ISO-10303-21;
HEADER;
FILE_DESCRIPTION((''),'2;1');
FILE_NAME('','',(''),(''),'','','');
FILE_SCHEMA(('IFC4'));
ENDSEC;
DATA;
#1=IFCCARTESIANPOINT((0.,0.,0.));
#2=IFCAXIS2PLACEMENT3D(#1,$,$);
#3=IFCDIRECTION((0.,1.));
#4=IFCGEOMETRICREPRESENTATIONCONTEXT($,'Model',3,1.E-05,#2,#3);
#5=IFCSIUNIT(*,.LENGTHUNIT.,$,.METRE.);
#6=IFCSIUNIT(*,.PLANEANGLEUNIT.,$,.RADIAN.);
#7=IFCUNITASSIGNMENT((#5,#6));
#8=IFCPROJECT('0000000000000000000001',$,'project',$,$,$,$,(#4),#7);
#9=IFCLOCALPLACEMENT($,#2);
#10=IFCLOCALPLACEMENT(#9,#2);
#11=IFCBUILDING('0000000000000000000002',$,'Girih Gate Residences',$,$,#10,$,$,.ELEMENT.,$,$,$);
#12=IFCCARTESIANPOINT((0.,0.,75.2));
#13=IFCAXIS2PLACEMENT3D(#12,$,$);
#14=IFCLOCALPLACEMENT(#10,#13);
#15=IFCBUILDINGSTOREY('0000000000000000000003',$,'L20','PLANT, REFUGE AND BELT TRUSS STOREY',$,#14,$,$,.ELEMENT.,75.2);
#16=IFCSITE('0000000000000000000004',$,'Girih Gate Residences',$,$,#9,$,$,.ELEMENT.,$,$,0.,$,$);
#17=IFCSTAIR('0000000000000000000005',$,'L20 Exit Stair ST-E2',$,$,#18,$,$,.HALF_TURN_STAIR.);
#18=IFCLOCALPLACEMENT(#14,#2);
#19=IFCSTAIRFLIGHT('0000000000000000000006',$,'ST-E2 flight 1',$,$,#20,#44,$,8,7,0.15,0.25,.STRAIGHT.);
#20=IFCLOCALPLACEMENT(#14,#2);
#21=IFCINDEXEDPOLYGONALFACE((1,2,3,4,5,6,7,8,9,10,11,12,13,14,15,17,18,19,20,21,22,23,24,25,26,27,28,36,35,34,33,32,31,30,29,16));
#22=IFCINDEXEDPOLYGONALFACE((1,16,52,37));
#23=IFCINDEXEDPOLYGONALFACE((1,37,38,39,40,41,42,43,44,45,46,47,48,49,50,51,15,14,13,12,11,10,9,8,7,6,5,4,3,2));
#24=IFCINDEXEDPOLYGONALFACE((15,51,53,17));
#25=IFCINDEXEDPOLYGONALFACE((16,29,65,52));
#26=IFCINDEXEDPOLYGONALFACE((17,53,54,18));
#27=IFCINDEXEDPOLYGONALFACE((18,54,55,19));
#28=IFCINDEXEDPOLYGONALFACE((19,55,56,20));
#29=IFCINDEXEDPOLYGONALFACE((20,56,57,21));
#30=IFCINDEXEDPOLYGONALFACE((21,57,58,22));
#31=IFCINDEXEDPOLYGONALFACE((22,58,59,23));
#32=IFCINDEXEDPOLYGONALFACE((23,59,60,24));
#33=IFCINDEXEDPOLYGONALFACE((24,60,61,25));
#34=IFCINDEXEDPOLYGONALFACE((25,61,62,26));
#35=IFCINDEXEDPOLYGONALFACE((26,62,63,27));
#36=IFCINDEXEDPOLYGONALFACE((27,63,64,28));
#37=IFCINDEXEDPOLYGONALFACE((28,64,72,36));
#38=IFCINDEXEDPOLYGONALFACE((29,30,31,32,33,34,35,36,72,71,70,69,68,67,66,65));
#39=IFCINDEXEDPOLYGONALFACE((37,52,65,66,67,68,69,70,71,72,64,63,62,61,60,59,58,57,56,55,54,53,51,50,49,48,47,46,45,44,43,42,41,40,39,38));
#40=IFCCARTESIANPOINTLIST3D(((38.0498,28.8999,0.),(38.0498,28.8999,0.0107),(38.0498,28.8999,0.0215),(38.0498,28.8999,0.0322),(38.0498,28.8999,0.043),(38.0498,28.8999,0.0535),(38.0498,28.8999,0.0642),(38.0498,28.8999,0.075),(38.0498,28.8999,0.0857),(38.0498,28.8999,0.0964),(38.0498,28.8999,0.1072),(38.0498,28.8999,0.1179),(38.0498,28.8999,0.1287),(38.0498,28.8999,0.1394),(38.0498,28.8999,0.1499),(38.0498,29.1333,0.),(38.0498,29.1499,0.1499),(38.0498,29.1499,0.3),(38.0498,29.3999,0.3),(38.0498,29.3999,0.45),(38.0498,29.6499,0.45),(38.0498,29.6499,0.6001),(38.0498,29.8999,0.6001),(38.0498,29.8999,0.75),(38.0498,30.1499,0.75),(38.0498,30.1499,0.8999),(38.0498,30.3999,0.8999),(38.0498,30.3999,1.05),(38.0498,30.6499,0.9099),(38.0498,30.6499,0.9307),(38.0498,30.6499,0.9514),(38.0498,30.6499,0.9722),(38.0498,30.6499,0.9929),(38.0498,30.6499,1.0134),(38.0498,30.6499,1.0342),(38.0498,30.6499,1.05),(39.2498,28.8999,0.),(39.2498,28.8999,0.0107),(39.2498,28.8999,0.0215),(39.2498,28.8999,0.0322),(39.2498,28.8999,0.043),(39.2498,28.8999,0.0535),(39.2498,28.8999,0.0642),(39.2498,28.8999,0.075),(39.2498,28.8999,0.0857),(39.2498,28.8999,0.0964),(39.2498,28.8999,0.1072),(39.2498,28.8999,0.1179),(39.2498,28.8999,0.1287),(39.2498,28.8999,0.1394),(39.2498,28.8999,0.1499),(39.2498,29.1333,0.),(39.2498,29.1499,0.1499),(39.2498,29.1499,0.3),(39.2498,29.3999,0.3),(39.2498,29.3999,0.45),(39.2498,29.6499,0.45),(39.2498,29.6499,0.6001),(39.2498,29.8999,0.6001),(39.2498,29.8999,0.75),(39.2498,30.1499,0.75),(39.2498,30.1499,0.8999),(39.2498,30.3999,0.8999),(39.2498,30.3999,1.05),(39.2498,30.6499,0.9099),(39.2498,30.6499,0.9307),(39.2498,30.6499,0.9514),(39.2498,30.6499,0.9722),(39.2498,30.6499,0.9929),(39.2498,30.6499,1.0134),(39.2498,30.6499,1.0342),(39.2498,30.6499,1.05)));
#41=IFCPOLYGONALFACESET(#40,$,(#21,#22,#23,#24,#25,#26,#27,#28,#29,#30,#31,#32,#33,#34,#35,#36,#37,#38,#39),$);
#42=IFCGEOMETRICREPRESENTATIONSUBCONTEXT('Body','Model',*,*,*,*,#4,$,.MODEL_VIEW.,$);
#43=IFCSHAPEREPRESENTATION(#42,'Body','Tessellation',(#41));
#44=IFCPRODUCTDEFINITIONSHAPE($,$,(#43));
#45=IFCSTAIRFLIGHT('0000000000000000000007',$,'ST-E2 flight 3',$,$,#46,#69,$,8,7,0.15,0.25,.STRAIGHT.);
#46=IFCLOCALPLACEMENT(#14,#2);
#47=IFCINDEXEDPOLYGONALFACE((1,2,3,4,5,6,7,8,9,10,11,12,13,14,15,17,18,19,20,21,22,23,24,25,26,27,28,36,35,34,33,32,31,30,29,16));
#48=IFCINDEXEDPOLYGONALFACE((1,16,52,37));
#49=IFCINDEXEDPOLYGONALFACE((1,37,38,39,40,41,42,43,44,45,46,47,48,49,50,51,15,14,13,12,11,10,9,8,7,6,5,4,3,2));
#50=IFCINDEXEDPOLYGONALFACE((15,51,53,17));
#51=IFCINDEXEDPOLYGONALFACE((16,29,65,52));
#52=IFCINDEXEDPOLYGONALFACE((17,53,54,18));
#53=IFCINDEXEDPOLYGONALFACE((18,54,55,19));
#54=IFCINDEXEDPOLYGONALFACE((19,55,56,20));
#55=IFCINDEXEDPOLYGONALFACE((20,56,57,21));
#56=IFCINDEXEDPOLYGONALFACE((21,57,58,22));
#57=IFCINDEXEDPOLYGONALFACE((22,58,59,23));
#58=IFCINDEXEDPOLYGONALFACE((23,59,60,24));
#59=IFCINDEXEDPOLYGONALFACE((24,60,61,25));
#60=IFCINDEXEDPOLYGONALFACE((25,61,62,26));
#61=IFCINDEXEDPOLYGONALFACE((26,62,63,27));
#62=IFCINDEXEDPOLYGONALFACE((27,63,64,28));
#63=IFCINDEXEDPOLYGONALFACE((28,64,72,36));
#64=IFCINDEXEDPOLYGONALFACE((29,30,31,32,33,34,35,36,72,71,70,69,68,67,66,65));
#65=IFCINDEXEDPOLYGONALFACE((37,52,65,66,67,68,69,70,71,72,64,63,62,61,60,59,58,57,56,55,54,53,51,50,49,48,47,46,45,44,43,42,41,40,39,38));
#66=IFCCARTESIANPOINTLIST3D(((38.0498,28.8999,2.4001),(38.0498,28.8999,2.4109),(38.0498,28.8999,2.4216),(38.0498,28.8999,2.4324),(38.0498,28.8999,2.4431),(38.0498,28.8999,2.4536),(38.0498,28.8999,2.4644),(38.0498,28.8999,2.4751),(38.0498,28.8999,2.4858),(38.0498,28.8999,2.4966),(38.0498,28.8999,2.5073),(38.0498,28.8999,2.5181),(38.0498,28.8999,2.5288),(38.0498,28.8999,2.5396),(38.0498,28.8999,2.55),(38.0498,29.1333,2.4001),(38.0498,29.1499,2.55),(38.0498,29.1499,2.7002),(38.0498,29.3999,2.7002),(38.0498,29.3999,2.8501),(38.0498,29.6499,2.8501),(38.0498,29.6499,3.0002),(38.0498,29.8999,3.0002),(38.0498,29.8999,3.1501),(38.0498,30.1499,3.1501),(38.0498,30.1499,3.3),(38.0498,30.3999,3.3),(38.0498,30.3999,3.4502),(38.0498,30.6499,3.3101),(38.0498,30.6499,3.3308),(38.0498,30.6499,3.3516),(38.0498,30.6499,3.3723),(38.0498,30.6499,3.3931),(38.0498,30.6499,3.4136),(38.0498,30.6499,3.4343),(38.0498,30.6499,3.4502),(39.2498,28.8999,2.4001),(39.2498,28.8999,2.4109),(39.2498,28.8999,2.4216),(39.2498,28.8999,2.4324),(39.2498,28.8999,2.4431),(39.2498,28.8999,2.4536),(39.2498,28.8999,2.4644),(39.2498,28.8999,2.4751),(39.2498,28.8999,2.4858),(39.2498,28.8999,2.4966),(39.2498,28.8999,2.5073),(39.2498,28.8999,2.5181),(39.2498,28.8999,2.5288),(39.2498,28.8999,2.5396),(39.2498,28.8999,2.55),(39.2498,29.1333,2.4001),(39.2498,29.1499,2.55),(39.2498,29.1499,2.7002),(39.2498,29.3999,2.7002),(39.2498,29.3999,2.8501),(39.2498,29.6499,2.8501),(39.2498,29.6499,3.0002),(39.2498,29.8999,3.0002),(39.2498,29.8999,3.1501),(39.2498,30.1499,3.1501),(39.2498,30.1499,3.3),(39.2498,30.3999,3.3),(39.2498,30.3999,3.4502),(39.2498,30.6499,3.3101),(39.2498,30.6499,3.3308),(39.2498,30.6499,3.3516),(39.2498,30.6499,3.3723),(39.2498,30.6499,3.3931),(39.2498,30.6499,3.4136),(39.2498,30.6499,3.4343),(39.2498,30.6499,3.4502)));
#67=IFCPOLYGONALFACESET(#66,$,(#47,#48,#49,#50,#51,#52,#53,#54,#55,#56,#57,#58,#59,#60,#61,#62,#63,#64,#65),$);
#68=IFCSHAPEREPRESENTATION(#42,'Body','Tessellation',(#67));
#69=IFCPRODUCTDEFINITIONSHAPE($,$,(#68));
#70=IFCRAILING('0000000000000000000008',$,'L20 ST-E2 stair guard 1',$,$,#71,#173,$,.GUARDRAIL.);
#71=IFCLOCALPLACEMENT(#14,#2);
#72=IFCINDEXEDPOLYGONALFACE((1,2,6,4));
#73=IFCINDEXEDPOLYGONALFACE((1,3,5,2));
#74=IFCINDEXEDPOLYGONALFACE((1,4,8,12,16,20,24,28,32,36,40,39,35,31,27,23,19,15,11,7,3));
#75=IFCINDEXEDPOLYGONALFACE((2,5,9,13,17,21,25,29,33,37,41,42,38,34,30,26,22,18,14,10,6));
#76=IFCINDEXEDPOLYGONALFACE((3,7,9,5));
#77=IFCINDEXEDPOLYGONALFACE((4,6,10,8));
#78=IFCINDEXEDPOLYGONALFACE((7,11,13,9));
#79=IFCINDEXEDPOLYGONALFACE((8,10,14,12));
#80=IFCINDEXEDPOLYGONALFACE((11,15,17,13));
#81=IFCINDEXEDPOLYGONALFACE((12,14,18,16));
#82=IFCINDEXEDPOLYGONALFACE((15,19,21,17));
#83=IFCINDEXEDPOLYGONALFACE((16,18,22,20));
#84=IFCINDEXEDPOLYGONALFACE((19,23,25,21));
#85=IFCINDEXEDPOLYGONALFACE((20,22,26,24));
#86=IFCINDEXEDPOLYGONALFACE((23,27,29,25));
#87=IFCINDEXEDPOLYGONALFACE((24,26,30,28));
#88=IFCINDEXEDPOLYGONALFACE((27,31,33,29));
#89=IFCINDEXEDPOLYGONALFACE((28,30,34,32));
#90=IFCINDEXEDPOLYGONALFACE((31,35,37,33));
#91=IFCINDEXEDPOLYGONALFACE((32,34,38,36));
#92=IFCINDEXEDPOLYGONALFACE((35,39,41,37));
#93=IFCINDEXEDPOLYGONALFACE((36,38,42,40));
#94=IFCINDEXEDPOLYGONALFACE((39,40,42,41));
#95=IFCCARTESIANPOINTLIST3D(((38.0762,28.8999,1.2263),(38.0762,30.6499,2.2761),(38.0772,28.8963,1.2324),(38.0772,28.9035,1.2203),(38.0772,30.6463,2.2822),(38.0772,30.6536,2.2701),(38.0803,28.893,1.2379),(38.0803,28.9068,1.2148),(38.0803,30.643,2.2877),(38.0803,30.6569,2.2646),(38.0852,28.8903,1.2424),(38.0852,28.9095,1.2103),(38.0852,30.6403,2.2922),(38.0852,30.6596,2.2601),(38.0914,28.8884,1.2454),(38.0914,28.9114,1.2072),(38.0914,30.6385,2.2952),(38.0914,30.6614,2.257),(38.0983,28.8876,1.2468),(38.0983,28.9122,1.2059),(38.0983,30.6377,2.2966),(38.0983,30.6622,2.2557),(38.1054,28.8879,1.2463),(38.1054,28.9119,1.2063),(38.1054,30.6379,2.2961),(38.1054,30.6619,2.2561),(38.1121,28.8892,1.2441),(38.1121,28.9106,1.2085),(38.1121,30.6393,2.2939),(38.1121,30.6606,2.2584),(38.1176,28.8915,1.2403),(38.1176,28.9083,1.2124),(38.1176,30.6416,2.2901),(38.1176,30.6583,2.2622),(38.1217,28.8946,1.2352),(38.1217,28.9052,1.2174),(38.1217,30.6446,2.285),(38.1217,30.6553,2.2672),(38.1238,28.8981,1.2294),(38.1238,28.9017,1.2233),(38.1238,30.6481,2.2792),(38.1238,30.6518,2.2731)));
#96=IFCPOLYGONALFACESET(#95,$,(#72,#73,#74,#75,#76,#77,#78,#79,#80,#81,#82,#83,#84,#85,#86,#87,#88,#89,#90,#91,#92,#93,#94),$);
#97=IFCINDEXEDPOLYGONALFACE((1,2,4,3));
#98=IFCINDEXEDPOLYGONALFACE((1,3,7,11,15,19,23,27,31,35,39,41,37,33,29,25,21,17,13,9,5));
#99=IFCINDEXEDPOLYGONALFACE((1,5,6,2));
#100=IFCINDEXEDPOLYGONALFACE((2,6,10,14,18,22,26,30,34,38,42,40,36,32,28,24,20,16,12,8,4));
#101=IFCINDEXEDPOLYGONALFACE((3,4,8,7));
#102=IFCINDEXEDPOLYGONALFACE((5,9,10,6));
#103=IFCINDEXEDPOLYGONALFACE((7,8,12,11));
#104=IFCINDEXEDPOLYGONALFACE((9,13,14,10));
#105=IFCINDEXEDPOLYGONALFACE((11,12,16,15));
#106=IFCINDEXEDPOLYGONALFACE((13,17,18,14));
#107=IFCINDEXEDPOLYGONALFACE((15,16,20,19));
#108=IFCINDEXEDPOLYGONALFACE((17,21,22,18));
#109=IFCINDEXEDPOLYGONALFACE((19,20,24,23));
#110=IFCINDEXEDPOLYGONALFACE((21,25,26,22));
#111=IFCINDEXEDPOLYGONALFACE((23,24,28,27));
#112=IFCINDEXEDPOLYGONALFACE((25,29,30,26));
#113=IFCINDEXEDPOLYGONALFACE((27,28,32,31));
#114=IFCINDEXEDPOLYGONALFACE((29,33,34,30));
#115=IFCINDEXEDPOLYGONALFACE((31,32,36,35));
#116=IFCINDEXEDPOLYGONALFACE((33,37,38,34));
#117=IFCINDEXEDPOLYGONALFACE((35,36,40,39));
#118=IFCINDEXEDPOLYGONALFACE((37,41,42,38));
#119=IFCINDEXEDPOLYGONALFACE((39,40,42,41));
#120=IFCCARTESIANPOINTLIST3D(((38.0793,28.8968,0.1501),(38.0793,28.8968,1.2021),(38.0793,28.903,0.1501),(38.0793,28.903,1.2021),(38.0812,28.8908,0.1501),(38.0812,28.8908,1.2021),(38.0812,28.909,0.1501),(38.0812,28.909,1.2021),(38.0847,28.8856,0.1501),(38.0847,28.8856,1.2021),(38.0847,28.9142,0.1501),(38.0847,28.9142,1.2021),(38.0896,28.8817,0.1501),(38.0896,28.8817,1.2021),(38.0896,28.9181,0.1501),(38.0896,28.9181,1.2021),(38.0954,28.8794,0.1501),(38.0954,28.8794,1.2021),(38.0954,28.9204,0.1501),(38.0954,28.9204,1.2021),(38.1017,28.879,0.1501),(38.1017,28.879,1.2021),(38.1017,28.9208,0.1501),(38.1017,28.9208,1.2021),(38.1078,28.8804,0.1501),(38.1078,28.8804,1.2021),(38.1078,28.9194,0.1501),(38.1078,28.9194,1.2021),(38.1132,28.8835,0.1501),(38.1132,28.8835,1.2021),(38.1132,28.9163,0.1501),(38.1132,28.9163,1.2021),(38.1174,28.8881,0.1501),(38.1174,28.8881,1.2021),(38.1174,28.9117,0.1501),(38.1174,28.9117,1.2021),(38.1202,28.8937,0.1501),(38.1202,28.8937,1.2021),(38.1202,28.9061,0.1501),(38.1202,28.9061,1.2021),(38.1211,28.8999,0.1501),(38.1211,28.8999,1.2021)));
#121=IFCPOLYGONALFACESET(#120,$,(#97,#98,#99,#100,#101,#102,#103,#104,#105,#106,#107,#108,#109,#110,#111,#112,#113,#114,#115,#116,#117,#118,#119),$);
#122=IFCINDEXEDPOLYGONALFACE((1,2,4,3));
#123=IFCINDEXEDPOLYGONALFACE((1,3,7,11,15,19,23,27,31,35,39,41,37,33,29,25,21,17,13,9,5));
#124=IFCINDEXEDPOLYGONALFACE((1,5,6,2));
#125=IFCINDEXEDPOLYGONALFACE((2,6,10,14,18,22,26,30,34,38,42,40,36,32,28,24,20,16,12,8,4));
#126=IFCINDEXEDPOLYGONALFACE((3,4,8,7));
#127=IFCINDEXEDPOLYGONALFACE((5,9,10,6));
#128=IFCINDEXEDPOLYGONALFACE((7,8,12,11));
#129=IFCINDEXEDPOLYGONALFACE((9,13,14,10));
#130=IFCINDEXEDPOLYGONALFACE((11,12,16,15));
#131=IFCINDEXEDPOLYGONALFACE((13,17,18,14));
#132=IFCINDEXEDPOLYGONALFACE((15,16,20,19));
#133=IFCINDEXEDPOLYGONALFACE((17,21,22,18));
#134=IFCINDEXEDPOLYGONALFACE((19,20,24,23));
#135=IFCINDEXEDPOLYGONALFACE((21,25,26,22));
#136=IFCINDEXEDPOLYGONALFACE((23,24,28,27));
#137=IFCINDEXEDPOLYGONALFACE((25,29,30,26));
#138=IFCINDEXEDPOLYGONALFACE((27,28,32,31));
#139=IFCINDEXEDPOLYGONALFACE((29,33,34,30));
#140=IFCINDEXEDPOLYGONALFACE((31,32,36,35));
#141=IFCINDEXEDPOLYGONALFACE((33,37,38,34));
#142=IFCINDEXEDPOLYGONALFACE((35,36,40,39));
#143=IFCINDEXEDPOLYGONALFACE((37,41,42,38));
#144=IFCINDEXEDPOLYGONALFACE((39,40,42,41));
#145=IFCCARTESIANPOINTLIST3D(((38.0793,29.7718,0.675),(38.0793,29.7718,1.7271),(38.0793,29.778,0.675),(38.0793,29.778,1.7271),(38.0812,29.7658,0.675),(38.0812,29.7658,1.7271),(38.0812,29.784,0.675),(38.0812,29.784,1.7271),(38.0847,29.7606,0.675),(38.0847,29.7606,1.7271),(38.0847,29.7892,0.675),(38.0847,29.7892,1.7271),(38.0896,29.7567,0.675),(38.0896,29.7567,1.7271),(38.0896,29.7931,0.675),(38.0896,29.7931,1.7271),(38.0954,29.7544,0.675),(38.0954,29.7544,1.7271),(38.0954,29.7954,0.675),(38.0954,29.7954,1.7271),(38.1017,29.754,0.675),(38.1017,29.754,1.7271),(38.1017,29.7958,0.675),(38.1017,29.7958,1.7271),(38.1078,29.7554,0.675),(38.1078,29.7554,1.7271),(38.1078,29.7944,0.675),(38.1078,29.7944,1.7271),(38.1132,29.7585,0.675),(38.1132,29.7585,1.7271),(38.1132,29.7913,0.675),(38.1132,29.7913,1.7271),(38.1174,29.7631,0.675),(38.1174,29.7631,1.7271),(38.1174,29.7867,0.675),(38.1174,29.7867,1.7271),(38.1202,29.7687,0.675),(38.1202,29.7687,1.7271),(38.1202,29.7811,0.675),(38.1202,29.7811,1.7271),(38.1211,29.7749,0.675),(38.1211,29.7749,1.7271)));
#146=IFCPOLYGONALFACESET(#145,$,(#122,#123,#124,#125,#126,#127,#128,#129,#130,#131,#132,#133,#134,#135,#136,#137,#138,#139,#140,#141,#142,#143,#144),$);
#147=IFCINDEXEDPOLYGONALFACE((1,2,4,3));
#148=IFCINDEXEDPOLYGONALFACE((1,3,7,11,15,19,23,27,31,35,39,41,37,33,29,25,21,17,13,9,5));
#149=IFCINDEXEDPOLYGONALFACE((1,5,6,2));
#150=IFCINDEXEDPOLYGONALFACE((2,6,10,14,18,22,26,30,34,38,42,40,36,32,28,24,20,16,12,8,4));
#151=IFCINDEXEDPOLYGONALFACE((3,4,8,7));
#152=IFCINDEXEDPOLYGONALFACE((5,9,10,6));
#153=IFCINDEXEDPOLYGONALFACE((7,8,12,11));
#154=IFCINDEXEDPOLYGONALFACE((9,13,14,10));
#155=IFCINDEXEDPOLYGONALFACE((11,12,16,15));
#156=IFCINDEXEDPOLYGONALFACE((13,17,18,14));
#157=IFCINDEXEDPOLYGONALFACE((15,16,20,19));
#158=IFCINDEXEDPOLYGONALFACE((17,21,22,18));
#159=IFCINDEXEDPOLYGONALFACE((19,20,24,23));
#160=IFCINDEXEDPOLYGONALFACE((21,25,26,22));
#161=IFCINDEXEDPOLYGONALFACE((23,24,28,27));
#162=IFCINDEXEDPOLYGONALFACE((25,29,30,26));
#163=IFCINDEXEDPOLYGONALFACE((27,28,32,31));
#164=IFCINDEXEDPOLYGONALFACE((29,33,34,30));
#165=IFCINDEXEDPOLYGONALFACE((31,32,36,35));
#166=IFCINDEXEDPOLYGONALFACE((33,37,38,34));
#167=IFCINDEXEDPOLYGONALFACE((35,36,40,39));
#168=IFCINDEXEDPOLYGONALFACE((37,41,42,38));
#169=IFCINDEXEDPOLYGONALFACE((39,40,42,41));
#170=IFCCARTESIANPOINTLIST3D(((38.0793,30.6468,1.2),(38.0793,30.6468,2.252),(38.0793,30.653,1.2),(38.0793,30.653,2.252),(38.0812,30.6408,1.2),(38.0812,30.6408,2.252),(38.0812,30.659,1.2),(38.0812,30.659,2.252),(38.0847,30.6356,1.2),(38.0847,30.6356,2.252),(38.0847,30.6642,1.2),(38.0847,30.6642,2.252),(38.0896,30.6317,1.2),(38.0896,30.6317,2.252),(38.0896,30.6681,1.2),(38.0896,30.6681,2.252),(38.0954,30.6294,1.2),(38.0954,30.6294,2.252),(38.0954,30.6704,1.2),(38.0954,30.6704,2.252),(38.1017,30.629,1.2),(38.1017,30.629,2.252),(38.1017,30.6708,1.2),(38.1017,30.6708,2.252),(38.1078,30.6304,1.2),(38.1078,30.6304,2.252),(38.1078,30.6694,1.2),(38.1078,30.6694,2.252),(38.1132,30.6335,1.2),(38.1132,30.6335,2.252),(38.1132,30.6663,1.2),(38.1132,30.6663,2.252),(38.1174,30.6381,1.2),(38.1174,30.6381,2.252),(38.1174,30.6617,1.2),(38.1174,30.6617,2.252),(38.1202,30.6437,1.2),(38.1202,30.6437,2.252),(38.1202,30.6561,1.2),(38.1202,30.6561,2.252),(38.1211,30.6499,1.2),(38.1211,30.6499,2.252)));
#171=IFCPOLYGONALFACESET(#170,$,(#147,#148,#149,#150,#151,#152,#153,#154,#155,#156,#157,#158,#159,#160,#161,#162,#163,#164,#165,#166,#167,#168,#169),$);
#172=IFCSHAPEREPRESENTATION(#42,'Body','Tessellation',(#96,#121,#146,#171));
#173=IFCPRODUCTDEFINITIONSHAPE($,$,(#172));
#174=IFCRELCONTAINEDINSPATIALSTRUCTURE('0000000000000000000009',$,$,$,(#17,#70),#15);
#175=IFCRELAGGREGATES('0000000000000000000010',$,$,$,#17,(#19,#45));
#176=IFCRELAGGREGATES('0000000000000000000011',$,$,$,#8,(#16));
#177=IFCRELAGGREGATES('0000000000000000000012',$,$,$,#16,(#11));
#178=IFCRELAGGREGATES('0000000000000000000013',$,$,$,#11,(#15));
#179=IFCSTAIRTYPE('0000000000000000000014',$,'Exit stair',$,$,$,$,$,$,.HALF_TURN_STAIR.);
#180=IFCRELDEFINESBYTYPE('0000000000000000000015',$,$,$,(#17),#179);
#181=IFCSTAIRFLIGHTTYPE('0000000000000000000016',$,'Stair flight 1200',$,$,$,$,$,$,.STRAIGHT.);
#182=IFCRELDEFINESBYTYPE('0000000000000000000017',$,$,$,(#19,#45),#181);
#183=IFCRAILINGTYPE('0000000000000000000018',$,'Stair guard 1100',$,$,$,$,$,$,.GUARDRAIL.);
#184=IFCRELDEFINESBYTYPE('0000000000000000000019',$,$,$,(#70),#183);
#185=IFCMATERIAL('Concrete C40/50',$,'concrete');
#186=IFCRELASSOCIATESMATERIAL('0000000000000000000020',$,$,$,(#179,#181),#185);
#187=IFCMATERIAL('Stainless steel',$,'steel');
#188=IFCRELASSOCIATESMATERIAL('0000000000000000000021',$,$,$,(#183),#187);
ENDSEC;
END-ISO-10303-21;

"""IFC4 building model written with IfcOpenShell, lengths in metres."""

from ifc_helpers import new_model, si_unit, direction, frame, origin, origin_2d, place, context, subcontext, project, spatial, polyline, circle, outline, extrude, material, type_object, element, aggregate, save


model = new_model("IFC4")

# Units and contexts
model_context = context("Model", 3, precision=1e-05, world=origin(), true_north=direction((0.0, 1.0)))
body_context = subcontext(model_context, "Body", "Model", "MODEL_VIEW")
ifc_project = project(units=[si_unit("LENGTHUNIT", "METRE"), si_unit("PLANEANGLEUNIT", "RADIAN")], contexts=[model_context])

# Site, building, storey
site_placement = place(None, origin())
site = spatial("IfcSite", under=ifc_project, at=site_placement, Name="Girih Gate Residences", CompositionType="ELEMENT", RefElevation=0.0)
building_placement = place(site_placement, origin())
building = spatial("IfcBuilding", under=site, at=building_placement, Name="Girih Gate Residences", CompositionType="ELEMENT")
storey_placement = place(building_placement, frame((0.0, 0.0, 75.2)))
storey = spatial("IfcBuildingStorey", under=building, at=storey_placement, Name="L20", Description="PLANT, REFUGE AND BELT TRUSS STOREY", CompositionType="ELEMENT", Elevation=75.2)

# Shared definitions
ifc_material_1 = material(Name="Concrete C40/50", Category="concrete")

# Stair, stair flights
stair_type = type_object("IfcStairType", Name="Exit stair", PredefinedType="HALF_TURN_STAIR", material=ifc_material_1)
stair_placement = place(storey_placement, origin())
stair = element("IfcStair", 1, at=stair_placement, inside=storey, type_object=stair_type, Name="L20 Exit Stair ST-E2", PredefinedType="HALF_TURN_STAIR")
stair_flight_type = type_object("IfcStairFlightType", Name="Stair flight 1200", PredefinedType="STRAIGHT", material=ifc_material_1)
stair_flight_1_placement = place(storey_placement, frame((38.6499, 28.8999, 0.0), z_axis=(0.0, 0.0, 1.0), x_axis=(0.0, 1.0, 0.0)))
stair_flight_1 = element("IfcStairFlight", 2, at=stair_flight_1_placement, type_object=stair_flight_type, Name="ST-E2 flight 1", NumberOfRisers=8, NumberOfTreads=7, PredefinedType="STRAIGHT", RiserHeight=0.15, TreadLength=0.25, context=body_context, shape_type="SweptSolid", body=[
    extrude(outline(polyline([(0.0, 0.0), (0.0, 0.0107), (0.0, 0.0215), (0.0, 0.0322), (0.0, 0.043), (0.0, 0.0535), (0.0, 0.0642), (0.0, 0.075), (0.0, 0.0857), (0.0, 0.0964), (0.0, 0.1072), (0.0, 0.1179), (0.0, 0.1287), (0.0, 0.1394), (0.0, 0.1499), (0.25, 0.1499), (0.25, 0.3), (0.5, 0.3), (0.5, 0.45), (0.75, 0.45), (0.75, 0.6001), (1.0, 0.6001), (1.0, 0.75), (1.25, 0.75), (1.25, 0.8999), (1.5, 0.8999), (1.5, 1.05), (1.75, 1.05), (1.75, 1.0608), (1.75, 1.0715), (1.75, 1.082), (1.75, 1.0928), (1.75, 1.1035), (1.75, 1.1143), (1.75, 1.125), (1.75, 1.1357), (1.75, 1.1465), (1.75, 1.1572), (1.75, 1.168), (1.75, 1.1785), (1.75, 1.1892), (1.75, 1.2), (1.75, 1.1792), (1.75, 1.1584), (1.75, 1.1379), (1.75, 1.1172), (1.75, 1.0964), (1.75, 1.0757), (1.75, 1.0549), (1.75, 1.0342), (1.75, 1.0134), (1.75, 0.9929), (1.75, 0.9722), (1.75, 0.9514), (1.75, 0.9307), (1.75, 0.9099), (0.2334, 0.0), (0.0, 0.0)])), frame((0.0, 0.6001, 0.0), z_axis=(0.0, -1.0, 0.0), x_axis=(1.0, 0.0, 0.0)), (0.0, 0.0, 1.0), 1.2),
])
stair_flight_2_placement = place(storey_placement, frame((38.6499, 28.8999, 2.4001), z_axis=(0.0, 0.0, 1.0), x_axis=(0.0, 1.0, 0.0)))
stair_flight_2 = element("IfcStairFlight", 3, at=stair_flight_2_placement, type_object=stair_flight_type, Name="ST-E2 flight 3", NumberOfRisers=8, NumberOfTreads=7, PredefinedType="STRAIGHT", RiserHeight=0.15, TreadLength=0.25, context=body_context, shape_type="SweptSolid", body=[
    extrude(outline(polyline([(0.0, 0.0), (0.0, 0.0107), (0.0, 0.0215), (0.0, 0.0322), (0.0, 0.043), (0.0, 0.0535), (0.0, 0.0642), (0.0, 0.075), (0.0, 0.0857), (0.0, 0.0964), (0.0, 0.1072), (0.0, 0.1179), (0.0, 0.1287), (0.0, 0.1394), (0.0, 0.1499), (0.25, 0.1499), (0.25, 0.3), (0.5, 0.3), (0.5, 0.45), (0.75, 0.45), (0.75, 0.6001), (1.0, 0.6001), (1.0, 0.75), (1.25, 0.75), (1.25, 0.8999), (1.5, 0.8999), (1.5, 1.05), (1.75, 1.05), (1.75, 1.0608), (1.75, 1.0715), (1.75, 1.082), (1.75, 1.0928), (1.75, 1.1035), (1.75, 1.1143), (1.75, 1.125), (1.75, 1.1357), (1.75, 1.1465), (1.75, 1.1572), (1.75, 1.168), (1.75, 1.1785), (1.75, 1.1892), (1.75, 1.2), (1.75, 1.1792), (1.75, 1.1584), (1.75, 1.1379), (1.75, 1.1172), (1.75, 1.0964), (1.75, 1.0757), (1.75, 1.0549), (1.75, 1.0342), (1.75, 1.0134), (1.75, 0.9929), (1.75, 0.9722), (1.75, 0.9514), (1.75, 0.9307), (1.75, 0.9099), (0.2334, 0.0), (0.0, 0.0)])), frame((0.0, 0.6001, 0.0), z_axis=(0.0, -1.0, 0.0), x_axis=(1.0, 0.0, 0.0)), (0.0, 0.0, 1.0), 1.2),
])
aggregate(stair, [stair_flight_1, stair_flight_2])

# Railing
ifc_material_2 = material(Name="Stainless steel", Category="steel")
railing_type = type_object("IfcRailingType", Name="Stair guard 1100", PredefinedType="GUARDRAIL", material=ifc_material_2)
railing_1_placement = place(storey_placement, frame((38.1001, 28.8999, 0.1501)))
element("IfcRailing", 4, at=railing_1_placement, inside=storey, type_object=railing_type, Name="L20 ST-E2 stair guard 1", PredefinedType="GUARDRAIL", context=body_context, shape_type="SweptSolid", body=[
    extrude(circle(Radius=0.0239, at=origin_2d()), frame((0.0, 0.0, 1.0762), z_axis=(0.0, 0.857535, 0.514425), x_axis=(-1.0, 0.0, 0.0)), (0.0, 0.0, 1.0), 2.0408),
    extrude(circle(Radius=0.021, at=origin_2d()), origin(), (0.0, 0.0, 1.0), 1.052),
    extrude(circle(Radius=0.021, at=origin_2d()), frame((0.0, 0.875, 0.5249)), (0.0, 0.0, 1.0), 1.052),
    extrude(circle(Radius=0.021, at=origin_2d()), frame((0.0, 1.75, 1.0498)), (0.0, 0.0, 1.0), 1.052),
])

save(model, "model.ifc")
